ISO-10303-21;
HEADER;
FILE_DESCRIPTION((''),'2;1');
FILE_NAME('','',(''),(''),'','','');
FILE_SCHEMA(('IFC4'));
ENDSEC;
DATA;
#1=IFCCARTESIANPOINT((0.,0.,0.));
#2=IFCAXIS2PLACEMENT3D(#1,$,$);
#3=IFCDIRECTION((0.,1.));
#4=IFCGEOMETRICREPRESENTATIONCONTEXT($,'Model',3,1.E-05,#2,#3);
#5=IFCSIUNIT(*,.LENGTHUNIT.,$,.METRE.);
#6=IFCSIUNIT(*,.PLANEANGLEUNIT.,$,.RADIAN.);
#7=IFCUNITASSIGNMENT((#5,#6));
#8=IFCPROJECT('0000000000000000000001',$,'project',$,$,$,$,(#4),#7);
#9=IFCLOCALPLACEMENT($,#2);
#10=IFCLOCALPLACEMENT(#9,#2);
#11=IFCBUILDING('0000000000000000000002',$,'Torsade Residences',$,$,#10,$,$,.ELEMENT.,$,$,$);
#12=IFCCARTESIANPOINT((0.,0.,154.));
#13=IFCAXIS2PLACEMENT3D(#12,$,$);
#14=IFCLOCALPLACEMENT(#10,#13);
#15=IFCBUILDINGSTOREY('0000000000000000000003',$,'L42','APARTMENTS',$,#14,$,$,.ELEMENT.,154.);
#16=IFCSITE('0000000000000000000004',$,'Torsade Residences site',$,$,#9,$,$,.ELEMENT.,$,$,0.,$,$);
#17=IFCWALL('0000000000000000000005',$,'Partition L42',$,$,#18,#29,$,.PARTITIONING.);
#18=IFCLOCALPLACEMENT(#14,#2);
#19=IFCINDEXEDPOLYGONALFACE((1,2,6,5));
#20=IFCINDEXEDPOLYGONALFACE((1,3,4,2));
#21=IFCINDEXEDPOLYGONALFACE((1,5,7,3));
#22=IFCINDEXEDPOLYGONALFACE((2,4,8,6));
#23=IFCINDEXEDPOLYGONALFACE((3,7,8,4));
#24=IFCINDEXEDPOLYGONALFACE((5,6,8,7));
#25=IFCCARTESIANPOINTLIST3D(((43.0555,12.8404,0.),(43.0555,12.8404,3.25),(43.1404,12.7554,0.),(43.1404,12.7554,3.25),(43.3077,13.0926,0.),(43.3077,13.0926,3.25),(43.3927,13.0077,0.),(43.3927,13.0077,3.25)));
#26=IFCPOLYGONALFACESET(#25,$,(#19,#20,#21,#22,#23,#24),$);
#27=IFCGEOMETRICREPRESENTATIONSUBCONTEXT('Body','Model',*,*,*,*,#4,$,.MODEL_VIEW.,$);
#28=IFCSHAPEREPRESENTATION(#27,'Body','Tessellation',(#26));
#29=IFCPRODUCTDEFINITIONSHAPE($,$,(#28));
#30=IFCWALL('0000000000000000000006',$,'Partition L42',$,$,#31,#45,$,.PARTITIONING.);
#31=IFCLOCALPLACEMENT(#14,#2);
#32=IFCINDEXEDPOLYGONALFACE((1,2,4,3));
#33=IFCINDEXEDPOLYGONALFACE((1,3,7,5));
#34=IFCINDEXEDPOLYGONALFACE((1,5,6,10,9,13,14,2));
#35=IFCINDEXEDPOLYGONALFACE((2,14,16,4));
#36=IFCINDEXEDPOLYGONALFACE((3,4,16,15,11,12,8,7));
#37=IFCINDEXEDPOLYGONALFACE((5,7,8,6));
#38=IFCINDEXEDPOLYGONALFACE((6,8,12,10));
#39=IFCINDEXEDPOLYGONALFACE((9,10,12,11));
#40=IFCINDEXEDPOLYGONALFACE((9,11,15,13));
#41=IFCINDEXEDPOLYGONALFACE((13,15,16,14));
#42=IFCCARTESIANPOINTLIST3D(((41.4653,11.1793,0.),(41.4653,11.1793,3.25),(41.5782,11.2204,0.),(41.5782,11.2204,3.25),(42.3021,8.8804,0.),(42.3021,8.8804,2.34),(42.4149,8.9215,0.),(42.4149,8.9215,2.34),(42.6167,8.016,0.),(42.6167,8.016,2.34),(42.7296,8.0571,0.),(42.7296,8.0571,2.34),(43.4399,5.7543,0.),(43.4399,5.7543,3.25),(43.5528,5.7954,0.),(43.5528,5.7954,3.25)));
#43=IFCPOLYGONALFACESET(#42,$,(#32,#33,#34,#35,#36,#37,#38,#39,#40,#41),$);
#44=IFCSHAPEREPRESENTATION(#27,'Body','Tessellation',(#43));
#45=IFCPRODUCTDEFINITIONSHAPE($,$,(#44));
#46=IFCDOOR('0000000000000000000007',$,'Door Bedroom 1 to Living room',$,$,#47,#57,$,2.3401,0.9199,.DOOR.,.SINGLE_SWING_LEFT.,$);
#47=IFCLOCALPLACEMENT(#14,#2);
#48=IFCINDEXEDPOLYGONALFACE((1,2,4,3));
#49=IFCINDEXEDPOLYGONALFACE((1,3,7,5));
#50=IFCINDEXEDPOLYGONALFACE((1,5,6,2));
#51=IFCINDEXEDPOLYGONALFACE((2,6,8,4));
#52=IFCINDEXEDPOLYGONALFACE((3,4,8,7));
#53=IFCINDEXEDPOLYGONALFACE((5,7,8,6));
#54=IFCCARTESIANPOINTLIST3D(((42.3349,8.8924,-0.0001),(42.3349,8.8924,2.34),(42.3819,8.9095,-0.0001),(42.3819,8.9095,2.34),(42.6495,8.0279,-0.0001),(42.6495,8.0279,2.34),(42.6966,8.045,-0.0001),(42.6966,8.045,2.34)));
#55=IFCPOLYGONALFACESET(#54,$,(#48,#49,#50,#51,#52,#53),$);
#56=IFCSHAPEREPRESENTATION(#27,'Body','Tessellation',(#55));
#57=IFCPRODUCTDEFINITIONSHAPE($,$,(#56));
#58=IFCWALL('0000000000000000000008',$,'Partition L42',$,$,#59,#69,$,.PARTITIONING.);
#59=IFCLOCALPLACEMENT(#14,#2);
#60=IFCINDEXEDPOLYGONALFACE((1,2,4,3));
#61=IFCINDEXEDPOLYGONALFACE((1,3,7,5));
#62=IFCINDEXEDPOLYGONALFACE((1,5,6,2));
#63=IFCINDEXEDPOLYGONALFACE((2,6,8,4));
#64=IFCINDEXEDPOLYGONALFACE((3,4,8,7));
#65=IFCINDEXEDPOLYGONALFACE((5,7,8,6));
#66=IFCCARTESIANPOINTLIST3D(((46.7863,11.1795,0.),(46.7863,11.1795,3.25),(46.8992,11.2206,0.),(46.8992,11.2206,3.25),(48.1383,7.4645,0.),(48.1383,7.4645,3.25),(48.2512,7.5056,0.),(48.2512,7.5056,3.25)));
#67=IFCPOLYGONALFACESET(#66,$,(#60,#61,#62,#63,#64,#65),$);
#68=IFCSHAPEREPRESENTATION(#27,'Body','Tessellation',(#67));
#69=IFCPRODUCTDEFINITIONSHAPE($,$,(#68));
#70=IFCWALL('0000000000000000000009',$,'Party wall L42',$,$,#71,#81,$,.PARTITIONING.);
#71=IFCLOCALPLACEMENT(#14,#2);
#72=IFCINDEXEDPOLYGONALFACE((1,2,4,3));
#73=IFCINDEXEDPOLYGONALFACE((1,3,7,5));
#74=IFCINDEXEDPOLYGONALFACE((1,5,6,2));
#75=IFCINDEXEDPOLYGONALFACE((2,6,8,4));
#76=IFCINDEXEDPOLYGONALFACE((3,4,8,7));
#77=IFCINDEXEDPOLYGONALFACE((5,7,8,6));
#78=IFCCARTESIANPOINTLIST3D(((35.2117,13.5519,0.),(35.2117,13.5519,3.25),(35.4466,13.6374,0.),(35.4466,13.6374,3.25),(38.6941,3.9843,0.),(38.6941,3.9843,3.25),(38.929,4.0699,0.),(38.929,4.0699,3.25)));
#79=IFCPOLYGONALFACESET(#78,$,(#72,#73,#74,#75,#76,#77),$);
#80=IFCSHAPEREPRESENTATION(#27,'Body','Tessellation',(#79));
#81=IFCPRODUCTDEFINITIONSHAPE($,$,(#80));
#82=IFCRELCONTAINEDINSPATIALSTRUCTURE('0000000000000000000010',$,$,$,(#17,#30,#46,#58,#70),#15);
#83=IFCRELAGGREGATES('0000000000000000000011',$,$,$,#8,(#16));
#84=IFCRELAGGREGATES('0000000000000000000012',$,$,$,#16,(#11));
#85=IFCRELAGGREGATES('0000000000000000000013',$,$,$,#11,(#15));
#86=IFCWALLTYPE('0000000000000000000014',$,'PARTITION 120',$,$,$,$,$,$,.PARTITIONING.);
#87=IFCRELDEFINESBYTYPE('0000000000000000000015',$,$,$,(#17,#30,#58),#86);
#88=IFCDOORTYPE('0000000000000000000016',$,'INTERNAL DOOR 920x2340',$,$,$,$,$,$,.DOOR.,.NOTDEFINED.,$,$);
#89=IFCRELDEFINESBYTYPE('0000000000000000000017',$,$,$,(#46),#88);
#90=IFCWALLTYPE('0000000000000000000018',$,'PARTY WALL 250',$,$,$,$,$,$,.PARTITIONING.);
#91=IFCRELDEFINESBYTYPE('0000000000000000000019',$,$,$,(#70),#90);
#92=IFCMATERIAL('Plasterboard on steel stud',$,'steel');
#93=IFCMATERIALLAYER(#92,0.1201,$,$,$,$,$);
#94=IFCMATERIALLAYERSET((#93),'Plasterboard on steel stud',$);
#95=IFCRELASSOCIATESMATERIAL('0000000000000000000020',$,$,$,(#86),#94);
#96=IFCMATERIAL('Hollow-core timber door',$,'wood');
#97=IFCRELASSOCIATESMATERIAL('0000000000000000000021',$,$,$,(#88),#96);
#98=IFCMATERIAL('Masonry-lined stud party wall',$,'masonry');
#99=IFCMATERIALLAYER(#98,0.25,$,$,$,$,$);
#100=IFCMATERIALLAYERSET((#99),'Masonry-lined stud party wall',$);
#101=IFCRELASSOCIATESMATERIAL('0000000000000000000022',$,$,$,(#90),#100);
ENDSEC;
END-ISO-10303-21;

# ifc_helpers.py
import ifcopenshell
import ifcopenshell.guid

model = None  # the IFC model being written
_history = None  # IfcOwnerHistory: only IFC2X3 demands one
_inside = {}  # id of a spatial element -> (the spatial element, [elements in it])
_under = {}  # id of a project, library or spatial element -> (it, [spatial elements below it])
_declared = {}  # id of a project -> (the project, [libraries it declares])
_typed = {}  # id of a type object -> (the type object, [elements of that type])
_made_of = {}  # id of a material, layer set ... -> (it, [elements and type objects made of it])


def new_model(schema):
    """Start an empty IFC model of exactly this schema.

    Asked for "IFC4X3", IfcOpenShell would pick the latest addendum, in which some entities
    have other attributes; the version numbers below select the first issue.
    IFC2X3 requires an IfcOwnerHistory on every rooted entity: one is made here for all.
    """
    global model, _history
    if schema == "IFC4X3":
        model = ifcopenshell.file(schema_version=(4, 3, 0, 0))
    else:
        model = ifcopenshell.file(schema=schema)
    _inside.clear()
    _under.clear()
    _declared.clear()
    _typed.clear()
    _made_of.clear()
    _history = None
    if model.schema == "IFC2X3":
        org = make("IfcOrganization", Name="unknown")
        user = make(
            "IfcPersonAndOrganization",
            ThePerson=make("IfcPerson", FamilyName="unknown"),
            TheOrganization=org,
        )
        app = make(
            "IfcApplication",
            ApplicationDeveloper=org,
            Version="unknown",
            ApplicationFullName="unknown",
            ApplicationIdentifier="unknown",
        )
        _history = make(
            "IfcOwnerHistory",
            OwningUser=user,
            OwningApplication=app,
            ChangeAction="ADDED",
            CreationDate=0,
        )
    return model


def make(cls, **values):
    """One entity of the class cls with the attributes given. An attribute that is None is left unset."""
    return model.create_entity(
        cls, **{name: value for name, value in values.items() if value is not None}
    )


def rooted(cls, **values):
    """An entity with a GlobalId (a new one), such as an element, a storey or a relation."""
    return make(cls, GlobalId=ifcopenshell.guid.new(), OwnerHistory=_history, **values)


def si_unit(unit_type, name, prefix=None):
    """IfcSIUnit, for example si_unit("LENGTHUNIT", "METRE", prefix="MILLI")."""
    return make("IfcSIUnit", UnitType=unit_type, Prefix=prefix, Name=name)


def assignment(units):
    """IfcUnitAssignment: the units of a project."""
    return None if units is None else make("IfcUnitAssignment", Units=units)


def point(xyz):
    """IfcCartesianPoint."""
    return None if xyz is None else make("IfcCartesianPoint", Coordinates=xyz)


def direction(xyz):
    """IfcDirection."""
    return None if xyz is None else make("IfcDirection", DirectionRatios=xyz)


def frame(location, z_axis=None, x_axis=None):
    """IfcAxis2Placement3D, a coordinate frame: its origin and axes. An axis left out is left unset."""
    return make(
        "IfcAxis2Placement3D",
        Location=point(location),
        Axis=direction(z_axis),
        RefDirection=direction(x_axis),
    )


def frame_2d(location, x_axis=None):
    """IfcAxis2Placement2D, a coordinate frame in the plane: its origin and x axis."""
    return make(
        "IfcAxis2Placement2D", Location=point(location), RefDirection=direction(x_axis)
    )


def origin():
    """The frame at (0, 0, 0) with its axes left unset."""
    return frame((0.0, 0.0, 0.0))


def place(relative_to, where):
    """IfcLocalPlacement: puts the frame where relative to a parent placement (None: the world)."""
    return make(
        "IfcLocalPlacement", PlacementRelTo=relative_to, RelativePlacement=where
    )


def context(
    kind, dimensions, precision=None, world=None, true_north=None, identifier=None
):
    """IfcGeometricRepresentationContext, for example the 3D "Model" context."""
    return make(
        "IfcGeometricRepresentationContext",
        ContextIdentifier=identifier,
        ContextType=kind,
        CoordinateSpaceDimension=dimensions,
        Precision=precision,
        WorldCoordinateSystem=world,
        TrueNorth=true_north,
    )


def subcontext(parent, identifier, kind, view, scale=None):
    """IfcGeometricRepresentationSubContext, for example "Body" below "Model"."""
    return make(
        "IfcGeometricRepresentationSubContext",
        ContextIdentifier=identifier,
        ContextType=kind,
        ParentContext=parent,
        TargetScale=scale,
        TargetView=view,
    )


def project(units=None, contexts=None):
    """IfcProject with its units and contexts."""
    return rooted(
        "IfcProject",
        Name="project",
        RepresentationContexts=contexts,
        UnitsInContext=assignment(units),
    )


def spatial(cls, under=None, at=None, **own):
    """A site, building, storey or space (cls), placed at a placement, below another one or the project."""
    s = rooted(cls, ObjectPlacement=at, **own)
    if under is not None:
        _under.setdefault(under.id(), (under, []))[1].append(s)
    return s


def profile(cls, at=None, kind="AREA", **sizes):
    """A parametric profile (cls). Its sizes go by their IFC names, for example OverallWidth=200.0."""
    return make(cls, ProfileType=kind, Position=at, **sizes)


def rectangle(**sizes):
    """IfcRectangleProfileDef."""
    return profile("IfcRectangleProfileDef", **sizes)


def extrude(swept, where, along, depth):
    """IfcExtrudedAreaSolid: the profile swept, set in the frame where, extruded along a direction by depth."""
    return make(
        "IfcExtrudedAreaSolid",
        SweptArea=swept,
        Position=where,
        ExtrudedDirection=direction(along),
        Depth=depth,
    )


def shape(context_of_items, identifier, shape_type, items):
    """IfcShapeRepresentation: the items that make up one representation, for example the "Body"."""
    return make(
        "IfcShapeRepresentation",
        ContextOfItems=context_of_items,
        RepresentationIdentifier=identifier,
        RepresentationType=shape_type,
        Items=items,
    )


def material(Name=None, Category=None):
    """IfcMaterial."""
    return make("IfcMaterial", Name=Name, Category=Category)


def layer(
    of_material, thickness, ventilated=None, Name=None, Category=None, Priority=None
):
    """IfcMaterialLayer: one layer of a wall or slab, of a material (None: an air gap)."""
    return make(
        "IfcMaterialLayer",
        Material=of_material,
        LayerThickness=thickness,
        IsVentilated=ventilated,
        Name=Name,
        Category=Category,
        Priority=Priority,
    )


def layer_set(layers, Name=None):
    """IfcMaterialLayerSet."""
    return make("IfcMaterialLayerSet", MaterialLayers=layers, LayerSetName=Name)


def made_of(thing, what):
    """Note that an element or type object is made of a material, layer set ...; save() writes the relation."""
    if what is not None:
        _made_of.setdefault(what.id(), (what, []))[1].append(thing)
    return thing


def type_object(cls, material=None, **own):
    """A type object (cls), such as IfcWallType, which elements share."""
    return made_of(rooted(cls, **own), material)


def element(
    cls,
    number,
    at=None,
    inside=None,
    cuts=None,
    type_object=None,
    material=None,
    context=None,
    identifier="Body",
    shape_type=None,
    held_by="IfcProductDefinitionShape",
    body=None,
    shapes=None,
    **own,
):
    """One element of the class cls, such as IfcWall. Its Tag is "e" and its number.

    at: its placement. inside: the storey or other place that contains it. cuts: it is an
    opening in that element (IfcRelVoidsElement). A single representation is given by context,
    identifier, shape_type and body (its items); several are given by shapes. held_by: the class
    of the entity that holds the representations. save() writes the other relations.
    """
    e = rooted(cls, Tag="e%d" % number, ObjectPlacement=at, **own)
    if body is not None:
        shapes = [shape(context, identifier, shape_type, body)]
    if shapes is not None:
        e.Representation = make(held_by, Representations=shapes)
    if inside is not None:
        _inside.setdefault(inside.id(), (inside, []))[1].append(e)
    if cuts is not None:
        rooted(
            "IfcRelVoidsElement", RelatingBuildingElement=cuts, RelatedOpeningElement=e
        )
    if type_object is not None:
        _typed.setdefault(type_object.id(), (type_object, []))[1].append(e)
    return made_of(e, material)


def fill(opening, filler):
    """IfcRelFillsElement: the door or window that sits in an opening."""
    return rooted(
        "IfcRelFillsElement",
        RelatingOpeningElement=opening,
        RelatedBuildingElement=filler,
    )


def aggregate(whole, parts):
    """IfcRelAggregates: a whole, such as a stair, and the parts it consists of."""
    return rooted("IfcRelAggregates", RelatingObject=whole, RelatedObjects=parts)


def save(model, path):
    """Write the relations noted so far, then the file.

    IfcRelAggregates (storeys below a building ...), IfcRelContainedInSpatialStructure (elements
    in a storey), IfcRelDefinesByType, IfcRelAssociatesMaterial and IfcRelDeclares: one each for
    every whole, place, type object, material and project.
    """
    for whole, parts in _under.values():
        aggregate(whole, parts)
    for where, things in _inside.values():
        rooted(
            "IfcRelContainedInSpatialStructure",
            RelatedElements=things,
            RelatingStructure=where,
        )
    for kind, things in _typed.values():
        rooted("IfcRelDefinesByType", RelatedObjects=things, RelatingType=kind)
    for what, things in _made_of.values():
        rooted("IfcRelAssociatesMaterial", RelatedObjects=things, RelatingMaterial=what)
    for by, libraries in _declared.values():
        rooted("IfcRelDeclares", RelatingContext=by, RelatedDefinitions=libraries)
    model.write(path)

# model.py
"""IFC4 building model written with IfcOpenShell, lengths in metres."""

from ifc_helpers import new_model, si_unit, direction, frame, frame_2d, origin, place, context, subcontext, project, spatial, rectangle, extrude, material, layer, layer_set, type_object, element, fill, save


model = new_model("IFC4")

# Units and contexts
model_context = context("Model", 3, precision=1e-05, world=origin(), true_north=direction((0.0, 1.0)))
body_context = subcontext(model_context, "Body", "Model", "MODEL_VIEW")
ifc_project = project(units=[si_unit("LENGTHUNIT", "METRE"), si_unit("PLANEANGLEUNIT", "RADIAN")], contexts=[model_context])

# Site, building, storey
site_placement = place(None, origin())
site = spatial("IfcSite", under=ifc_project, at=site_placement, Name="Torsade Residences site", CompositionType="ELEMENT", RefElevation=0.0)
building_placement = place(site_placement, origin())
building = spatial("IfcBuilding", under=site, at=building_placement, Name="Torsade Residences", CompositionType="ELEMENT")
storey_placement = place(building_placement, frame((0.0, 0.0, 154.0)))
storey = spatial("IfcBuildingStorey", under=building, at=storey_placement, Name="L42", Description="APARTMENTS", CompositionType="ELEMENT", Elevation=154.0)

# Shared definitions
ifc_material_1 = material(Name="Plasterboard on steel stud", Category="steel")
ifc_layer_1 = layer(ifc_material_1, 0.1201)
ifc_layer_set_1 = layer_set([ifc_layer_1], Name="Plasterboard on steel stud")
wall_type_1 = type_object("IfcWallType", Name="PARTITION 120", PredefinedType="PARTITIONING", material=ifc_layer_set_1)
ifc_material_2 = material(Name="Hollow-core timber door", Category="wood")
door_type_1 = type_object("IfcDoorType", Name="INTERNAL DOOR 920x2340", OperationType="NOTDEFINED", PredefinedType="DOOR", material=ifc_material_2)

# Wall
wall_1_placement = place(storey_placement, frame((43.3501, 13.05, 0.0), z_axis=(0.0, 0.0, 1.0), x_axis=(-0.707107, -0.707107, 0.0)))
element("IfcWall", 1, at=wall_1_placement, inside=storey, type_object=wall_type_1, Name="Partition L42", PredefinedType="PARTITIONING", context=body_context, shape_type="SweptSolid", body=[
    extrude(rectangle(XDim=0.3567, YDim=0.1201, at=frame_2d((0.1782, 0.0))), origin(), (0.0, 0.0, 1.0), 3.25),
])

# Wall, opening, door
wall_2_placement = place(storey_placement, frame((41.5217, 11.2, 0.0), z_axis=(0.0, 0.0, 1.0), x_axis=(0.342028, -0.93969, 0.0)))
wall_2 = element("IfcWall", 2, at=wall_2_placement, inside=storey, type_object=wall_type_1, Name="Partition L42", PredefinedType="PARTITIONING", context=body_context, shape_type="SweptSolid", body=[
    extrude(rectangle(XDim=5.7732, YDim=0.1201, at=frame_2d((2.8867, 0.0))), origin(), (0.0, 0.0, 1.0), 3.25),
])
opening_1_placement = place(wall_2_placement, frame((2.4465, 0.0, 0.0)))
opening_1 = element("IfcOpeningElement", 3, at=opening_1_placement, cuts=wall_2, PredefinedType="OPENING", context=body_context, shape_type="SweptSolid", body=[
    extrude(rectangle(XDim=0.9199, YDim=2.3401, at=frame_2d((0.46, 1.1699))), frame((0.0, 0.0701, 0.0), z_axis=(0.0, -1.0, 0.0), x_axis=(1.0, 0.0, 0.0)), (0.0, 0.0, 1.0), 0.1401),
])
door_1_placement = place(opening_1_placement, origin())
door_1 = element("IfcDoor", 4, at=door_1_placement, inside=storey, type_object=door_type_1, Name="Door Bedroom 1 to Living room", OperationType="SINGLE_SWING_LEFT", OverallHeight=2.3401, OverallWidth=0.9199, PredefinedType="DOOR", context=body_context, shape_type="SweptSolid", body=[
    extrude(rectangle(XDim=0.9199, YDim=2.3401, at=frame_2d((0.46, 1.1699))), frame((0.0, 0.0249, 0.0), z_axis=(0.0, -1.0, 0.0), x_axis=(1.0, 0.0, 0.0)), (0.0, 0.0, 1.0), 0.05),
])
fill(opening_1, door_1)

# Walls
wall_3_placement = place(storey_placement, frame((46.8428, 11.2, 0.0), z_axis=(0.0, 0.0, 1.0), x_axis=(0.341991, -0.939703, 0.0)))
element("IfcWall", 5, at=wall_3_placement, inside=storey, type_object=wall_type_1, Name="Partition L42", PredefinedType="PARTITIONING", context=body_context, shape_type="SweptSolid", body=[
    extrude(rectangle(XDim=3.9534, YDim=0.1201, at=frame_2d((1.9766, 0.0))), origin(), (0.0, 0.0, 1.0), 3.25),
])
ifc_material_3 = material(Name="Masonry-lined stud party wall", Category="masonry")
ifc_layer_2 = layer(ifc_material_3, 0.25)
ifc_layer_set_2 = layer_set([ifc_layer_2], Name="Masonry-lined stud party wall")
wall_type_2 = type_object("IfcWallType", Name="PARTY WALL 250", PredefinedType="PARTITIONING", material=ifc_layer_set_2)
wall_4_placement = place(storey_placement, frame((38.8115, 4.0271, 0.0), z_axis=(0.0, 0.0, 1.0), x_axis=(-0.342028, 0.93969, 0.0)))
element("IfcWall", 6, at=wall_4_placement, inside=storey, type_object=wall_type_2, Name="Party wall L42", PredefinedType="PARTITIONING", context=body_context, shape_type="SweptSolid", body=[
    extrude(rectangle(XDim=10.1816, YDim=0.25, at=frame_2d((5.0908, 0.0))), origin(), (0.0, 0.0, 1.0), 3.25),
])

save(model, "model.ifc")
